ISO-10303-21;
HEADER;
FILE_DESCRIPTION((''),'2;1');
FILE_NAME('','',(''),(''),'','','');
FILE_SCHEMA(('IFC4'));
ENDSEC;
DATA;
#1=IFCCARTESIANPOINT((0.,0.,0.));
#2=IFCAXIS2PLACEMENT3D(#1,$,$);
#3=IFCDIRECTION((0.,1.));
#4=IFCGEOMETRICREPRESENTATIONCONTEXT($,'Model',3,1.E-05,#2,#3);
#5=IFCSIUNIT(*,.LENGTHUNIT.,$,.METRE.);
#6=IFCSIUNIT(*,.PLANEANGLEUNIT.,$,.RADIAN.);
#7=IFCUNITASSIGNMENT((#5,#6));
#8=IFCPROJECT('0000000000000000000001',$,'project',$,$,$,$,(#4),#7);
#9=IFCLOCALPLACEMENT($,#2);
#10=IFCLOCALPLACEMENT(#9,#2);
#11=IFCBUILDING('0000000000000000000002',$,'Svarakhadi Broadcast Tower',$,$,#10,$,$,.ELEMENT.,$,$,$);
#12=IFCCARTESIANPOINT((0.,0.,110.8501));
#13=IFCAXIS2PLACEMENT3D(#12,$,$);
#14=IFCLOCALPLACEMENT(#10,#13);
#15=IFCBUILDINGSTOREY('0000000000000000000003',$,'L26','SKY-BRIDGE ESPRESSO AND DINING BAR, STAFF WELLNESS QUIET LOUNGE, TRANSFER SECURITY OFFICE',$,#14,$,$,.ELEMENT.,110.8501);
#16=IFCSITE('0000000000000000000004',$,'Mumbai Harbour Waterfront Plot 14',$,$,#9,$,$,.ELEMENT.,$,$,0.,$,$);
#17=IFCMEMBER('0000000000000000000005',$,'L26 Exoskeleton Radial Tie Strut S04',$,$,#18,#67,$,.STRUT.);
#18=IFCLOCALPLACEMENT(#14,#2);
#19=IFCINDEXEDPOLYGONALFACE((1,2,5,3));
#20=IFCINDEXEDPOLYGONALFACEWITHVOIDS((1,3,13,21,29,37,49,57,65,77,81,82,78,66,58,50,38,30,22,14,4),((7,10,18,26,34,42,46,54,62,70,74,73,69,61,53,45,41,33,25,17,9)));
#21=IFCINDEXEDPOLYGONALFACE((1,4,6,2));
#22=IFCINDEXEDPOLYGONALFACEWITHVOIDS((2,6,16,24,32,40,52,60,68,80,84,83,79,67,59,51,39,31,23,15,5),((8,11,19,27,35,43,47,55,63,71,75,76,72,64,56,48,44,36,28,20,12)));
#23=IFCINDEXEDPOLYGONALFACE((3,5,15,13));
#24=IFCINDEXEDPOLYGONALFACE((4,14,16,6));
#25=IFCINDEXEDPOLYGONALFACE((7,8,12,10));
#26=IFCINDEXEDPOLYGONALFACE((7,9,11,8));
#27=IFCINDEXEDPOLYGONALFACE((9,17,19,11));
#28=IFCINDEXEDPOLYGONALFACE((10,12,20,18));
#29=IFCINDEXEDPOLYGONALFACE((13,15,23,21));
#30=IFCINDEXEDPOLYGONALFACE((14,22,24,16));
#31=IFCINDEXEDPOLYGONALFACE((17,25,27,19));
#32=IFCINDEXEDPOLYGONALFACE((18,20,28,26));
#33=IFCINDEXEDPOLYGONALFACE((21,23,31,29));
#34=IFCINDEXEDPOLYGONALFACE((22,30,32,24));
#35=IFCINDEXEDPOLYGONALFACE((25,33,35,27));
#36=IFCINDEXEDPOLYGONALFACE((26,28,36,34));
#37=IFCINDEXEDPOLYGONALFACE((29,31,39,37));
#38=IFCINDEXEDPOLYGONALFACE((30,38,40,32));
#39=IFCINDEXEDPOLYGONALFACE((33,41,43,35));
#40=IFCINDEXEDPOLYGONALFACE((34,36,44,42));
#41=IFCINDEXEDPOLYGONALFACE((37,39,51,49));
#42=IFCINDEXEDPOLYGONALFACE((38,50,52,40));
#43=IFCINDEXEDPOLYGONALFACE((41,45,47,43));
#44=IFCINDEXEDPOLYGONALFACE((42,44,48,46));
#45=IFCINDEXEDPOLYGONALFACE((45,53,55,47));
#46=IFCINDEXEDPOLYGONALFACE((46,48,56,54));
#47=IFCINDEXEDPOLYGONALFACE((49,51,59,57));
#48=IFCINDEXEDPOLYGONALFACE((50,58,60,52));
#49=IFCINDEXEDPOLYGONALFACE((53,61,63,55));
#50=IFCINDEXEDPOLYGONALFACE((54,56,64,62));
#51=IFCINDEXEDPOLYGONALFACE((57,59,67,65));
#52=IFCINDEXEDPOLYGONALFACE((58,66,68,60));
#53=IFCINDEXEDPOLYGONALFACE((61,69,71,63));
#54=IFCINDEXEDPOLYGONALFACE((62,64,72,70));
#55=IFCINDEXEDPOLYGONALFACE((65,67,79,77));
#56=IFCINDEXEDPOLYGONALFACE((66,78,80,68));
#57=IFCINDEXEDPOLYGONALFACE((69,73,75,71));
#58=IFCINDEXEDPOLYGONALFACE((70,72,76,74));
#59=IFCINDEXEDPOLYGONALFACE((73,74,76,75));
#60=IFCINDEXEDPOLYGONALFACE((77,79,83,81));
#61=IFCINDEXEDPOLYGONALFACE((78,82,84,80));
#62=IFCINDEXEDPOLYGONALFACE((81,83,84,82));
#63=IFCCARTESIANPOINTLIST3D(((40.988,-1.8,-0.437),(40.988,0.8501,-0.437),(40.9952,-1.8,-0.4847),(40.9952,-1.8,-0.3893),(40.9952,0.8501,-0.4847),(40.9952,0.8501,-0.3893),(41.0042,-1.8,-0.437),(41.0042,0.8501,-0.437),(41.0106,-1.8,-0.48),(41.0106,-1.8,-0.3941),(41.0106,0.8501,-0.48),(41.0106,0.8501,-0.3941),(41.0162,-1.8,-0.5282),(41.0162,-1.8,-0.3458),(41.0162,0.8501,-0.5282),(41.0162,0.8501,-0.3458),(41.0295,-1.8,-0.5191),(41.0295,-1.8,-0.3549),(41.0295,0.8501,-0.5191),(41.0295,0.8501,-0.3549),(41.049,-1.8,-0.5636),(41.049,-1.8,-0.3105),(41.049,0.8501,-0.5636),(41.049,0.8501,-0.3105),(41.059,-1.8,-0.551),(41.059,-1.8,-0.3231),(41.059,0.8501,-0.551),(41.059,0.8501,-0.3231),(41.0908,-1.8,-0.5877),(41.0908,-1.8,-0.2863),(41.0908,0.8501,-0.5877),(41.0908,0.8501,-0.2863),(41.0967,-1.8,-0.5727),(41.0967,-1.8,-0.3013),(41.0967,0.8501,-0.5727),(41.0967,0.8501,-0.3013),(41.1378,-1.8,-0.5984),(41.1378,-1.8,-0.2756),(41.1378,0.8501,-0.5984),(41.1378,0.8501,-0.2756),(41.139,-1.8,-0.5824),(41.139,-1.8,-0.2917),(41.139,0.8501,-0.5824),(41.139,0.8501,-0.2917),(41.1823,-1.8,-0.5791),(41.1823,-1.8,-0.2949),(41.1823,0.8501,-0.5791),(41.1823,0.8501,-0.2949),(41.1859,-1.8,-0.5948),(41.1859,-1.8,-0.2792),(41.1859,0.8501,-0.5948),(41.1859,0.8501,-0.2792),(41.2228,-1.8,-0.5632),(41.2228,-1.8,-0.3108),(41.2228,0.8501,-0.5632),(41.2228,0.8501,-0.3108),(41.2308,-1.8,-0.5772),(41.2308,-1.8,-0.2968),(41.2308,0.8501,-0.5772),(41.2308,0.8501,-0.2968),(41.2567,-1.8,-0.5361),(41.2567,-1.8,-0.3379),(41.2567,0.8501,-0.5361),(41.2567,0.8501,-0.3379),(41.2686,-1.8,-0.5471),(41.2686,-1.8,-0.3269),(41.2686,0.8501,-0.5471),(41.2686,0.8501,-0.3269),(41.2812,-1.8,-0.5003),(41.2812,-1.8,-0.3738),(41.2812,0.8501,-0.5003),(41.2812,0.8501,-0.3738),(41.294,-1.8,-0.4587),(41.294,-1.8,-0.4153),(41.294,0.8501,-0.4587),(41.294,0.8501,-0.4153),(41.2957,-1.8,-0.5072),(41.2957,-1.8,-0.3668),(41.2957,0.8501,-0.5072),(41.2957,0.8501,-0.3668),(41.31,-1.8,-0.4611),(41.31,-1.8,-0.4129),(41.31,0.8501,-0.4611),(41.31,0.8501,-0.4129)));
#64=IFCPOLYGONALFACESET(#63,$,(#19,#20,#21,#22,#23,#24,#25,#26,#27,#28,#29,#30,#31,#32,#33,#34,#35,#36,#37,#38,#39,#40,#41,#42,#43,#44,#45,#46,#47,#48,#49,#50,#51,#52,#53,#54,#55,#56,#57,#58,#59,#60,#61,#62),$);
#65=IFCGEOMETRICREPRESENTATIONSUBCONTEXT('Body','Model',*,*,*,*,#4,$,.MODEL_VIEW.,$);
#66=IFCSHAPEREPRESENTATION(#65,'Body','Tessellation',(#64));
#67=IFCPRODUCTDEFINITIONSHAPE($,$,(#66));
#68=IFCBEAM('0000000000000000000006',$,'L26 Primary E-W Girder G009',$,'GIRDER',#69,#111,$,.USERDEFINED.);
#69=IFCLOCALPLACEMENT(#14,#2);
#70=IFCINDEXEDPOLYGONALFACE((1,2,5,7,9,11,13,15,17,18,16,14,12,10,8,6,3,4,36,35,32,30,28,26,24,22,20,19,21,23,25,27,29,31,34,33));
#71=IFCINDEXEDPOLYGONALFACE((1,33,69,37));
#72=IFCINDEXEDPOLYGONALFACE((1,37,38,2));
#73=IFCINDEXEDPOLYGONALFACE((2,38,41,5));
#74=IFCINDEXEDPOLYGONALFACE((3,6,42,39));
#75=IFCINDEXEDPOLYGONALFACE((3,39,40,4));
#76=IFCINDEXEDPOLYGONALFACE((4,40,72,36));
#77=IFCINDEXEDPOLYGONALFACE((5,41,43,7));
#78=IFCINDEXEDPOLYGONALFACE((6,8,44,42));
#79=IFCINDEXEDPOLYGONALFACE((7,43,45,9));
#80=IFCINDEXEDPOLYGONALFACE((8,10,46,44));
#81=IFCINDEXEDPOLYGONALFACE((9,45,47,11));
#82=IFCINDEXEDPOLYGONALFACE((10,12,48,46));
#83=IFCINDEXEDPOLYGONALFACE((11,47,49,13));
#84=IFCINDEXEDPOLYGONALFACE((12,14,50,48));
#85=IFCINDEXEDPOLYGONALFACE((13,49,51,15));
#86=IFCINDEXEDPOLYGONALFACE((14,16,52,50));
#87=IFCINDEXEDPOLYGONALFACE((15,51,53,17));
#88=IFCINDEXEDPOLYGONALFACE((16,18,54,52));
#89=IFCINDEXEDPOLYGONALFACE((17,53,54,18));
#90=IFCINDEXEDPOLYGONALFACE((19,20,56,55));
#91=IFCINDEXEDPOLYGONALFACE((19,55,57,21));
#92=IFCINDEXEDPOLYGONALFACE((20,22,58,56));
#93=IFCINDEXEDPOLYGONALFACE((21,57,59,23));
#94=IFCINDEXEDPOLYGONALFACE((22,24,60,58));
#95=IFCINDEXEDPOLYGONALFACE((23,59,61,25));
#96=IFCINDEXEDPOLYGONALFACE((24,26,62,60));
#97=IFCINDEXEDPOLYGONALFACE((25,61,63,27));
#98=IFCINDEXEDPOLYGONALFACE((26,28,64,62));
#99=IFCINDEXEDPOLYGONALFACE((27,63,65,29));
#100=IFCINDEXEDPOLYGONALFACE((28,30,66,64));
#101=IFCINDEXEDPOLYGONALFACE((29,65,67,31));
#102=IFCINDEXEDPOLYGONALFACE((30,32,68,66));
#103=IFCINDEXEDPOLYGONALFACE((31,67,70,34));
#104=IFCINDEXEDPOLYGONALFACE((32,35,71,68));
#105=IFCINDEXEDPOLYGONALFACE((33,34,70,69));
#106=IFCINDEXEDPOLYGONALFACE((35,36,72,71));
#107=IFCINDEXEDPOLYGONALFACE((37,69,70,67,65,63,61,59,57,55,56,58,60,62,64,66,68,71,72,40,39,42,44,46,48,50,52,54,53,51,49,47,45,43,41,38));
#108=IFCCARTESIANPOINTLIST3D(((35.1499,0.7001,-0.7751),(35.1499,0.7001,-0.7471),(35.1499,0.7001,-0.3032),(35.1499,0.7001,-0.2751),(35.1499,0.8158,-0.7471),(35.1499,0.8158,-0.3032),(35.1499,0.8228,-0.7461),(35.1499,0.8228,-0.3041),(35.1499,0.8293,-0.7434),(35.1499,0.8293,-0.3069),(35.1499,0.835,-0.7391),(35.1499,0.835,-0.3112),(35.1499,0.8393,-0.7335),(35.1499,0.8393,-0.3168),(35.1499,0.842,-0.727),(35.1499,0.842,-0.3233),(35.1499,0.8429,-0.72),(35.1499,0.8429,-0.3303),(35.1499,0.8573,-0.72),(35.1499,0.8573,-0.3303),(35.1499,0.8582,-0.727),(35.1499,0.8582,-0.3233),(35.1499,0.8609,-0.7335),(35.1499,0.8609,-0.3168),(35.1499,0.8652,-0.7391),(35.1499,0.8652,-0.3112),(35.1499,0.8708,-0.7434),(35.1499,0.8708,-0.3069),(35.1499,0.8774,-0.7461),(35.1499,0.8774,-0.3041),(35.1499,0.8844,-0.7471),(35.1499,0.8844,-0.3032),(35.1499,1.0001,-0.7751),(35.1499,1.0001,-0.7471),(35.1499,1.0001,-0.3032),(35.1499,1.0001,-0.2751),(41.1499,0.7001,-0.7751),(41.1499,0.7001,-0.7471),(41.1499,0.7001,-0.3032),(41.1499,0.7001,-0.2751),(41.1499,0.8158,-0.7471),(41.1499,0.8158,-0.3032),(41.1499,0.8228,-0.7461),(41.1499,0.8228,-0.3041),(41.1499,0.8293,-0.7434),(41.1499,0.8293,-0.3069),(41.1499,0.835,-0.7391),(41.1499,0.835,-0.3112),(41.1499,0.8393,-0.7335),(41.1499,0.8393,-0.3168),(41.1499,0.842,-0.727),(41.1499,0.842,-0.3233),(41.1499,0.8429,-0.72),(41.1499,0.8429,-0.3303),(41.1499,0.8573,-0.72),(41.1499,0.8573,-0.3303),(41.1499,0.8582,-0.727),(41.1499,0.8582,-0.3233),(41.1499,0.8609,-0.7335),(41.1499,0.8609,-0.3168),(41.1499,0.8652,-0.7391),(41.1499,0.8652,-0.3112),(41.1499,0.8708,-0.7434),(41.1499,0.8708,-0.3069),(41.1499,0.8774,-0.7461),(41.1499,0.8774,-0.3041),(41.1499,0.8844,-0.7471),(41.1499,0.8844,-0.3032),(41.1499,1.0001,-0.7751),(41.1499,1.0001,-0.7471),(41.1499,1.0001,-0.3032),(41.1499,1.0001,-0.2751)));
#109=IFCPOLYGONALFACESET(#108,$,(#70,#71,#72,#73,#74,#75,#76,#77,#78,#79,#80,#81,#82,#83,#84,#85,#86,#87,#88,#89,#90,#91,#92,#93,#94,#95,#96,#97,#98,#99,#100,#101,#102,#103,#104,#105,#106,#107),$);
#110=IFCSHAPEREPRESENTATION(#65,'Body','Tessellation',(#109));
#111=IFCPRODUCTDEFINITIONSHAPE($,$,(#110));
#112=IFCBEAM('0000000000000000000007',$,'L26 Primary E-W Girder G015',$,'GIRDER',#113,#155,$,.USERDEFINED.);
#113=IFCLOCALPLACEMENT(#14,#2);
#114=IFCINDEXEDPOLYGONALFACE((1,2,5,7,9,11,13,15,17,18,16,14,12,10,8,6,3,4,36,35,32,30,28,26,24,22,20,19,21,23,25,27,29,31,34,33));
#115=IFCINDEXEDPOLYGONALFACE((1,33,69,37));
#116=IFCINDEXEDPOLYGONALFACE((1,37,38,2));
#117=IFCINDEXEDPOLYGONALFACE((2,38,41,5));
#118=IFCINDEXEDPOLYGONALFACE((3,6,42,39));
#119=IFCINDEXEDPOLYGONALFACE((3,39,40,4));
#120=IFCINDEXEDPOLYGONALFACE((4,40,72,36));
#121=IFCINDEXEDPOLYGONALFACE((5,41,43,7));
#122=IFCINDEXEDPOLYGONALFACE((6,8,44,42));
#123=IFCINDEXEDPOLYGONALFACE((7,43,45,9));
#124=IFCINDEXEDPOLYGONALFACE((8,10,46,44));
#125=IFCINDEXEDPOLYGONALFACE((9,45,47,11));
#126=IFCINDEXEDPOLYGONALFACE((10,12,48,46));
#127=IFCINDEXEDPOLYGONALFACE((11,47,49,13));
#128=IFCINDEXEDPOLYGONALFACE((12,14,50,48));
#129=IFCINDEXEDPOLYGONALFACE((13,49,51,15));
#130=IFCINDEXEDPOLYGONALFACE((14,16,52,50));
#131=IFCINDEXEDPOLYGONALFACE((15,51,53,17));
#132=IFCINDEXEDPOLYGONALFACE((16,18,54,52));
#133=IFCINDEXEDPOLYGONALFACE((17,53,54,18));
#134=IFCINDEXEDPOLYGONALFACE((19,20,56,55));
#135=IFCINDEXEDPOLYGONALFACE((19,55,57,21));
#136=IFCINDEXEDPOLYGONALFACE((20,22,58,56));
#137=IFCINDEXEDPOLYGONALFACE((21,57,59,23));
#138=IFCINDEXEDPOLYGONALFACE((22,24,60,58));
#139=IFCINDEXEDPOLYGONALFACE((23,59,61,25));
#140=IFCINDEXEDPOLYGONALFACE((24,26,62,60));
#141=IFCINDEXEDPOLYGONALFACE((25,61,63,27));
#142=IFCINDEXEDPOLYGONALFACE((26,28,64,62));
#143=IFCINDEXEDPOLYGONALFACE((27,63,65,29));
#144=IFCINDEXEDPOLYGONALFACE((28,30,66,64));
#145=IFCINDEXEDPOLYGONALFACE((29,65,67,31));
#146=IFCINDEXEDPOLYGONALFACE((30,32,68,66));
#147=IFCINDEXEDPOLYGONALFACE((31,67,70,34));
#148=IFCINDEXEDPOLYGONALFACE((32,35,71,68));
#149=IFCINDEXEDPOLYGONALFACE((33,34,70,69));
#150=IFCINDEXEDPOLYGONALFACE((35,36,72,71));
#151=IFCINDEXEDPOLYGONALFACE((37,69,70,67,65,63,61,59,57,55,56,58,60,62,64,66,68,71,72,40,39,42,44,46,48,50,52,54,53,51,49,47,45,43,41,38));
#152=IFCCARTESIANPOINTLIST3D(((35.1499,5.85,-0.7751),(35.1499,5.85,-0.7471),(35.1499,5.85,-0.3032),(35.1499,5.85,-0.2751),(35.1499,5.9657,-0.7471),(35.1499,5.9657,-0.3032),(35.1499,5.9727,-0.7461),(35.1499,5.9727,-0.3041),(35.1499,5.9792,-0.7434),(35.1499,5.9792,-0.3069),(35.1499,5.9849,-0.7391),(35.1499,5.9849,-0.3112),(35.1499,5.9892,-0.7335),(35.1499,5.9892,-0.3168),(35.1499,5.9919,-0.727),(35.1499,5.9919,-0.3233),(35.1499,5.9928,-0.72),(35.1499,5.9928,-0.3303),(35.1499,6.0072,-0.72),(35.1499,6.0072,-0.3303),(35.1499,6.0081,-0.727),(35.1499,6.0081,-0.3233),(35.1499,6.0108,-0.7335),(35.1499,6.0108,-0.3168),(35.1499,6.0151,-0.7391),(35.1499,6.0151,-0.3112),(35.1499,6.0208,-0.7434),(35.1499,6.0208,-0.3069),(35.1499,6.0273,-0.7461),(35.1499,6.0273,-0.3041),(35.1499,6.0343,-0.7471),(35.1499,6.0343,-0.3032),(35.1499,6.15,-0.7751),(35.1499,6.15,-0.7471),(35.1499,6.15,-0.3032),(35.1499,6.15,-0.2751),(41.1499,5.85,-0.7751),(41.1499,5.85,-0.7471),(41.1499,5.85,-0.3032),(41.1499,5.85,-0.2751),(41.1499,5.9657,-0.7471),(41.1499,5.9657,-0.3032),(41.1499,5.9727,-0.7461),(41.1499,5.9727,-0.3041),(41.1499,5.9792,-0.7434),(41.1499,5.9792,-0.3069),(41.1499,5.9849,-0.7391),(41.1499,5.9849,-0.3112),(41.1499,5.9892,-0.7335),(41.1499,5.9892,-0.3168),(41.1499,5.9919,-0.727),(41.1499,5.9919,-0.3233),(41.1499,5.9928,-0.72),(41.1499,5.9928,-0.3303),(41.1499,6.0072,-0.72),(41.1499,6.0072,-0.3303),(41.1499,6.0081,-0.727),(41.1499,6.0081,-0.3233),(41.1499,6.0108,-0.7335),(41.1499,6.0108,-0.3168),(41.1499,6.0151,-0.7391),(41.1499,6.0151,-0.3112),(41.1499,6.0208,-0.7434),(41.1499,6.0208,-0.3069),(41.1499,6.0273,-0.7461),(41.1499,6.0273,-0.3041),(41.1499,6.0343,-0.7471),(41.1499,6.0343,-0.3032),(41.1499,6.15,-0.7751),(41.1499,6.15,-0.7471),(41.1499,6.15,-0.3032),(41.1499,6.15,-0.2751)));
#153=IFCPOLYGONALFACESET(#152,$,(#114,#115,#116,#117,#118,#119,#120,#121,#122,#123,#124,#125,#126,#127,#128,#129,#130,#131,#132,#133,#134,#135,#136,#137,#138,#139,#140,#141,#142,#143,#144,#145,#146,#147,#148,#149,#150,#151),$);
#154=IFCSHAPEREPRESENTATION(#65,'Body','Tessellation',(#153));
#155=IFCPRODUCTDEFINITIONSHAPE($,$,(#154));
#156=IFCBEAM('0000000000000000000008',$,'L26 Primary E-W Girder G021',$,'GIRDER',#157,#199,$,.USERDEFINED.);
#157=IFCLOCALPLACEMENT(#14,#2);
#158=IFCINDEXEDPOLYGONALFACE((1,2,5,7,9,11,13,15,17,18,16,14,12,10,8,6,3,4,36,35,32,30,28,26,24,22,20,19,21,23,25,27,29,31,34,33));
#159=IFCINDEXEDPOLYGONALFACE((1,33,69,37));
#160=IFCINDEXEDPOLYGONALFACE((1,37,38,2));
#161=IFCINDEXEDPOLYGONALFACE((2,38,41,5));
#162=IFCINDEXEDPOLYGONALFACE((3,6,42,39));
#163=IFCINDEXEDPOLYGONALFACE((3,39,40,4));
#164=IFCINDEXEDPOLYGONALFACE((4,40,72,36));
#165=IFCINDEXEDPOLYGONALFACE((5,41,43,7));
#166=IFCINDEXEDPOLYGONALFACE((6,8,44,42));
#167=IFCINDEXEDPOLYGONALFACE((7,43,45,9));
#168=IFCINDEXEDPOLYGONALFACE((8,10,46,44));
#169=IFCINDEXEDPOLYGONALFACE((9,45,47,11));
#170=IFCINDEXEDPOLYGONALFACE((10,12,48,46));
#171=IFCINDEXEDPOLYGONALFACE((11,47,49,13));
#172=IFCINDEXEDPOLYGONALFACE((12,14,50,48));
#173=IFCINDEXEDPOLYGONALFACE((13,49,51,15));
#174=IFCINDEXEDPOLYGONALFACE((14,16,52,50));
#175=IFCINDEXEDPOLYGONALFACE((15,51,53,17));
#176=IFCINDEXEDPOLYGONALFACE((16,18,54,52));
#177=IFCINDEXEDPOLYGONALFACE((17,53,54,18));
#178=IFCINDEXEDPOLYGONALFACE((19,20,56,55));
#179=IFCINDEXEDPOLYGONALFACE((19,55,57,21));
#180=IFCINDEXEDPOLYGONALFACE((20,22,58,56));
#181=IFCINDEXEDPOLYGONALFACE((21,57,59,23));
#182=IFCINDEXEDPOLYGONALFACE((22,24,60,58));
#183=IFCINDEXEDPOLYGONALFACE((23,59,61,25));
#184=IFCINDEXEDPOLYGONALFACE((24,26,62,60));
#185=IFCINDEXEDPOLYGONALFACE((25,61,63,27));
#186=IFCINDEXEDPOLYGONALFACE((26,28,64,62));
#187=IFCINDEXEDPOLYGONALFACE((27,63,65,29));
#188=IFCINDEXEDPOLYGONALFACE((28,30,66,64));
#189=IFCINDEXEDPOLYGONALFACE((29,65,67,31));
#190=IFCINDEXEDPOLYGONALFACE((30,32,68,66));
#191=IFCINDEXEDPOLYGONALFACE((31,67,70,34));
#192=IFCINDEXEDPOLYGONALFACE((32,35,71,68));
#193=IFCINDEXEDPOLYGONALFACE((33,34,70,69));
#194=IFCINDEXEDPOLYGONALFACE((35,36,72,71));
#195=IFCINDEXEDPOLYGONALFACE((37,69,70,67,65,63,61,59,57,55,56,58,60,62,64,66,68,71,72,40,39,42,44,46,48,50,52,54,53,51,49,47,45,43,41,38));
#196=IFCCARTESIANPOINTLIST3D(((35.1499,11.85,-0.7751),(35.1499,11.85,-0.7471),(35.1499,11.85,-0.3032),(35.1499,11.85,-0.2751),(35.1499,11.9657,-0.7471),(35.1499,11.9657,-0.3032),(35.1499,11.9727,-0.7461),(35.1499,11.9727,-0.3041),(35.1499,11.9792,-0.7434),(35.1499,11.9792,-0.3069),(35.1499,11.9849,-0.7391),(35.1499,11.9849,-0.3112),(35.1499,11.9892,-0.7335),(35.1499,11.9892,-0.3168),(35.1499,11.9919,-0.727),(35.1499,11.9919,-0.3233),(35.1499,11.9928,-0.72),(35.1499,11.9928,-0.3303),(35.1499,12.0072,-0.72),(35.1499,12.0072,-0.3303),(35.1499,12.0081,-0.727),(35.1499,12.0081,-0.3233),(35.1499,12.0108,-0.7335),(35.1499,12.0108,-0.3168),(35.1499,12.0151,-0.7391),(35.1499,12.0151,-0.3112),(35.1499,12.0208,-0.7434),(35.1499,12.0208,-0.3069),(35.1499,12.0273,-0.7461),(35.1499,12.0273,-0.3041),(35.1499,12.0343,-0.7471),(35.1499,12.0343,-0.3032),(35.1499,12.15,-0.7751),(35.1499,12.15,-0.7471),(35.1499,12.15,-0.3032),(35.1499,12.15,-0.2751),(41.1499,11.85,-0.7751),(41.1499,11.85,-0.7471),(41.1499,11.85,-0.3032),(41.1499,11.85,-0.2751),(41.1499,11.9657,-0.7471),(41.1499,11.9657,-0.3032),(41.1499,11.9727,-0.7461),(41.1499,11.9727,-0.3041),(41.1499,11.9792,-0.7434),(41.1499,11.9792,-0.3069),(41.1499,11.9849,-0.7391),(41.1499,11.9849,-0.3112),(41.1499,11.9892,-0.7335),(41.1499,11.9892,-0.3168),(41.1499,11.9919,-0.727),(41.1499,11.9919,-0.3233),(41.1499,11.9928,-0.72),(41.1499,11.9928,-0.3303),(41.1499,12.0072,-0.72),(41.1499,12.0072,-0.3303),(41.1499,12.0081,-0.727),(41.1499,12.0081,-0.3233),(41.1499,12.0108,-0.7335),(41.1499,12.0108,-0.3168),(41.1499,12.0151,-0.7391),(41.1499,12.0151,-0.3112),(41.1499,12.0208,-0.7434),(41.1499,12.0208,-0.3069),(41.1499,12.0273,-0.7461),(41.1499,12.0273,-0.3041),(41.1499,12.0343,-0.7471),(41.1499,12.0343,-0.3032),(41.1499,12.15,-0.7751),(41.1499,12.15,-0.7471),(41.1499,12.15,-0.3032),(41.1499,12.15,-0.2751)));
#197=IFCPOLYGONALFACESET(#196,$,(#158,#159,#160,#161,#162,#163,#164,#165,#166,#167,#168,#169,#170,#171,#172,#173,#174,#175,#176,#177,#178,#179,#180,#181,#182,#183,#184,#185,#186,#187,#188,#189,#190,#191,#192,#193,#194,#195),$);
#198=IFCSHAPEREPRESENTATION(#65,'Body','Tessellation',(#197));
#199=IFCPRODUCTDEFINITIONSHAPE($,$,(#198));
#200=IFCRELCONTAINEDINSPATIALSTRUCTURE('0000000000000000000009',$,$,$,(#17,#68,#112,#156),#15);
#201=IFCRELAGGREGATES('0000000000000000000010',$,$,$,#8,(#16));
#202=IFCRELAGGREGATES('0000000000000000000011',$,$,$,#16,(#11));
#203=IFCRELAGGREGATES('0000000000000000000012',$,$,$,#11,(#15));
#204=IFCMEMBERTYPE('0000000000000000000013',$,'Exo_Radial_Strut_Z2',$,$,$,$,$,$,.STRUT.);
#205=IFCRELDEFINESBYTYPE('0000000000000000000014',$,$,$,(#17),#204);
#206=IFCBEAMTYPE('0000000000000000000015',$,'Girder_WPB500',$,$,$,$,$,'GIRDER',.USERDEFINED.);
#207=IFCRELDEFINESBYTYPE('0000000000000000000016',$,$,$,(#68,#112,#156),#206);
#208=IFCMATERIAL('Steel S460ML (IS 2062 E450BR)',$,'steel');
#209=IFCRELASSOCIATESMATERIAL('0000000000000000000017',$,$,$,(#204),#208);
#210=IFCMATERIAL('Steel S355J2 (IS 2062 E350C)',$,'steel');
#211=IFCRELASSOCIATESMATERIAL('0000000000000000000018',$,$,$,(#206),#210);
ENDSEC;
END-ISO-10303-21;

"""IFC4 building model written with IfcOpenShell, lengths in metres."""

from ifc_helpers import new_model, si_unit, direction, frame, origin, origin_2d, place, context, subcontext, project, spatial, hollow_circle, i_section, extrude, material, material_profile, profile_set, type_object, element, save


model = new_model("IFC4")

# Units and contexts
model_context = context("Model", 3, precision=1e-05, world=origin(), true_north=direction((0.0, 1.0)))
body_context = subcontext(model_context, "Body", "Model", "MODEL_VIEW")
ifc_project = project(units=[si_unit("LENGTHUNIT", "METRE"), si_unit("PLANEANGLEUNIT", "RADIAN")], contexts=[model_context])

# Site, building, storey
site_placement = place(None, origin())
site = spatial("IfcSite", under=ifc_project, at=site_placement, Name="Mumbai Harbour Waterfront Plot 14", CompositionType="ELEMENT", RefElevation=0.0)
building_placement = place(site_placement, origin())
building = spatial("IfcBuilding", under=site, at=building_placement, Name="Svarakhadi Broadcast Tower", CompositionType="ELEMENT")
storey_placement = place(building_placement, frame((0.0, 0.0, 110.8501)))
storey = spatial("IfcBuildingStorey", under=building, at=storey_placement, Name="L26", Description="SKY-BRIDGE ESPRESSO AND DINING BAR, STAFF WELLNESS QUIET LOUNGE, TRANSFER SECURITY OFFICE", CompositionType="ELEMENT", Elevation=110.8501)

# Shared definitions
ifc_material_1 = material(Name="Steel S460ML (IS 2062 E450BR)", Category="steel")

# Shared definitions
ifc_material_2 = material(Name="Steel S355J2 (IS 2062 E350C)", Category="steel")

# Member
ifc_material_profile_1 = material_profile(ifc_material_1, hollow_circle(Radius=0.1619, WallThickness=0.0161, at=origin_2d()), Name="CHS 323.9x16")
ifc_profile_set_1 = profile_set([ifc_material_profile_1], Name="Steel S460ML (IS 2062 E450BR)")
member_type_1 = type_object("IfcMemberType", Name="Exo_Radial_Strut_Z2", PredefinedType="STRUT", material=ifc_profile_set_1)
member_1_placement = place(storey_placement, frame((41.1499, -1.8, -0.437), z_axis=(0.0, 1.0, 0.0), x_axis=(-1.0, 0.0, 0.0)))
element("IfcMember", 1, at=member_1_placement, inside=storey, type_object=member_type_1, Name="L26 Exoskeleton Radial Tie Strut S04", PredefinedType="STRUT", context=body_context, shape_type="SweptSolid", body=[
    extrude(hollow_circle(Radius=0.1619, WallThickness=0.0161, at=origin_2d()), origin(), (0.0, 0.0, 1.0), 2.6501),
])

# Beams
ifc_material_profile_2 = material_profile(ifc_material_2, i_section(OverallWidth=0.3, OverallDepth=0.5, WebThickness=0.0144, FlangeThickness=0.0281, FilletRadius=0.0271, at=origin_2d()), Name="WPB 500x300x187")
ifc_profile_set_2 = profile_set([ifc_material_profile_2], Name="Steel S355J2 (IS 2062 E350C)")
beam_type_1 = type_object("IfcBeamType", Name="Girder_WPB500", ElementType="GIRDER", PredefinedType="USERDEFINED", material=ifc_profile_set_2)
for number, where, z_axis, x_axis, name in (
    (2, (35.1499, 0.8501, -0.5251), (1.0, 0.0, 0.0), (0.0, 1.0, 0.0), "L26 Primary E-W Girder G009"),
    (3, (35.1499, 6.0, -0.5251), (1.0, 0.0, 0.0), (0.0, 1.0, 0.0), "L26 Primary E-W Girder G015"),
    (4, (35.1499, 12.0, -0.5251), (1.0, 0.0, 0.0), (0.0, 1.0, 0.0), "L26 Primary E-W Girder G021"),
):
    element("IfcBeam", number, at=place(storey_placement, frame(where, z_axis=z_axis, x_axis=x_axis)), inside=storey, type_object=beam_type_1, Name=name, ObjectType="GIRDER", PredefinedType="USERDEFINED", context=body_context, shape_type="SweptSolid", body=[
        extrude(i_section(OverallWidth=0.3, OverallDepth=0.5, WebThickness=0.0144, FlangeThickness=0.0281, FilletRadius=0.0271, at=origin_2d()), origin(), (0.0, 0.0, 1.0), 6.0),
    ])

save(model, "model.ifc")
